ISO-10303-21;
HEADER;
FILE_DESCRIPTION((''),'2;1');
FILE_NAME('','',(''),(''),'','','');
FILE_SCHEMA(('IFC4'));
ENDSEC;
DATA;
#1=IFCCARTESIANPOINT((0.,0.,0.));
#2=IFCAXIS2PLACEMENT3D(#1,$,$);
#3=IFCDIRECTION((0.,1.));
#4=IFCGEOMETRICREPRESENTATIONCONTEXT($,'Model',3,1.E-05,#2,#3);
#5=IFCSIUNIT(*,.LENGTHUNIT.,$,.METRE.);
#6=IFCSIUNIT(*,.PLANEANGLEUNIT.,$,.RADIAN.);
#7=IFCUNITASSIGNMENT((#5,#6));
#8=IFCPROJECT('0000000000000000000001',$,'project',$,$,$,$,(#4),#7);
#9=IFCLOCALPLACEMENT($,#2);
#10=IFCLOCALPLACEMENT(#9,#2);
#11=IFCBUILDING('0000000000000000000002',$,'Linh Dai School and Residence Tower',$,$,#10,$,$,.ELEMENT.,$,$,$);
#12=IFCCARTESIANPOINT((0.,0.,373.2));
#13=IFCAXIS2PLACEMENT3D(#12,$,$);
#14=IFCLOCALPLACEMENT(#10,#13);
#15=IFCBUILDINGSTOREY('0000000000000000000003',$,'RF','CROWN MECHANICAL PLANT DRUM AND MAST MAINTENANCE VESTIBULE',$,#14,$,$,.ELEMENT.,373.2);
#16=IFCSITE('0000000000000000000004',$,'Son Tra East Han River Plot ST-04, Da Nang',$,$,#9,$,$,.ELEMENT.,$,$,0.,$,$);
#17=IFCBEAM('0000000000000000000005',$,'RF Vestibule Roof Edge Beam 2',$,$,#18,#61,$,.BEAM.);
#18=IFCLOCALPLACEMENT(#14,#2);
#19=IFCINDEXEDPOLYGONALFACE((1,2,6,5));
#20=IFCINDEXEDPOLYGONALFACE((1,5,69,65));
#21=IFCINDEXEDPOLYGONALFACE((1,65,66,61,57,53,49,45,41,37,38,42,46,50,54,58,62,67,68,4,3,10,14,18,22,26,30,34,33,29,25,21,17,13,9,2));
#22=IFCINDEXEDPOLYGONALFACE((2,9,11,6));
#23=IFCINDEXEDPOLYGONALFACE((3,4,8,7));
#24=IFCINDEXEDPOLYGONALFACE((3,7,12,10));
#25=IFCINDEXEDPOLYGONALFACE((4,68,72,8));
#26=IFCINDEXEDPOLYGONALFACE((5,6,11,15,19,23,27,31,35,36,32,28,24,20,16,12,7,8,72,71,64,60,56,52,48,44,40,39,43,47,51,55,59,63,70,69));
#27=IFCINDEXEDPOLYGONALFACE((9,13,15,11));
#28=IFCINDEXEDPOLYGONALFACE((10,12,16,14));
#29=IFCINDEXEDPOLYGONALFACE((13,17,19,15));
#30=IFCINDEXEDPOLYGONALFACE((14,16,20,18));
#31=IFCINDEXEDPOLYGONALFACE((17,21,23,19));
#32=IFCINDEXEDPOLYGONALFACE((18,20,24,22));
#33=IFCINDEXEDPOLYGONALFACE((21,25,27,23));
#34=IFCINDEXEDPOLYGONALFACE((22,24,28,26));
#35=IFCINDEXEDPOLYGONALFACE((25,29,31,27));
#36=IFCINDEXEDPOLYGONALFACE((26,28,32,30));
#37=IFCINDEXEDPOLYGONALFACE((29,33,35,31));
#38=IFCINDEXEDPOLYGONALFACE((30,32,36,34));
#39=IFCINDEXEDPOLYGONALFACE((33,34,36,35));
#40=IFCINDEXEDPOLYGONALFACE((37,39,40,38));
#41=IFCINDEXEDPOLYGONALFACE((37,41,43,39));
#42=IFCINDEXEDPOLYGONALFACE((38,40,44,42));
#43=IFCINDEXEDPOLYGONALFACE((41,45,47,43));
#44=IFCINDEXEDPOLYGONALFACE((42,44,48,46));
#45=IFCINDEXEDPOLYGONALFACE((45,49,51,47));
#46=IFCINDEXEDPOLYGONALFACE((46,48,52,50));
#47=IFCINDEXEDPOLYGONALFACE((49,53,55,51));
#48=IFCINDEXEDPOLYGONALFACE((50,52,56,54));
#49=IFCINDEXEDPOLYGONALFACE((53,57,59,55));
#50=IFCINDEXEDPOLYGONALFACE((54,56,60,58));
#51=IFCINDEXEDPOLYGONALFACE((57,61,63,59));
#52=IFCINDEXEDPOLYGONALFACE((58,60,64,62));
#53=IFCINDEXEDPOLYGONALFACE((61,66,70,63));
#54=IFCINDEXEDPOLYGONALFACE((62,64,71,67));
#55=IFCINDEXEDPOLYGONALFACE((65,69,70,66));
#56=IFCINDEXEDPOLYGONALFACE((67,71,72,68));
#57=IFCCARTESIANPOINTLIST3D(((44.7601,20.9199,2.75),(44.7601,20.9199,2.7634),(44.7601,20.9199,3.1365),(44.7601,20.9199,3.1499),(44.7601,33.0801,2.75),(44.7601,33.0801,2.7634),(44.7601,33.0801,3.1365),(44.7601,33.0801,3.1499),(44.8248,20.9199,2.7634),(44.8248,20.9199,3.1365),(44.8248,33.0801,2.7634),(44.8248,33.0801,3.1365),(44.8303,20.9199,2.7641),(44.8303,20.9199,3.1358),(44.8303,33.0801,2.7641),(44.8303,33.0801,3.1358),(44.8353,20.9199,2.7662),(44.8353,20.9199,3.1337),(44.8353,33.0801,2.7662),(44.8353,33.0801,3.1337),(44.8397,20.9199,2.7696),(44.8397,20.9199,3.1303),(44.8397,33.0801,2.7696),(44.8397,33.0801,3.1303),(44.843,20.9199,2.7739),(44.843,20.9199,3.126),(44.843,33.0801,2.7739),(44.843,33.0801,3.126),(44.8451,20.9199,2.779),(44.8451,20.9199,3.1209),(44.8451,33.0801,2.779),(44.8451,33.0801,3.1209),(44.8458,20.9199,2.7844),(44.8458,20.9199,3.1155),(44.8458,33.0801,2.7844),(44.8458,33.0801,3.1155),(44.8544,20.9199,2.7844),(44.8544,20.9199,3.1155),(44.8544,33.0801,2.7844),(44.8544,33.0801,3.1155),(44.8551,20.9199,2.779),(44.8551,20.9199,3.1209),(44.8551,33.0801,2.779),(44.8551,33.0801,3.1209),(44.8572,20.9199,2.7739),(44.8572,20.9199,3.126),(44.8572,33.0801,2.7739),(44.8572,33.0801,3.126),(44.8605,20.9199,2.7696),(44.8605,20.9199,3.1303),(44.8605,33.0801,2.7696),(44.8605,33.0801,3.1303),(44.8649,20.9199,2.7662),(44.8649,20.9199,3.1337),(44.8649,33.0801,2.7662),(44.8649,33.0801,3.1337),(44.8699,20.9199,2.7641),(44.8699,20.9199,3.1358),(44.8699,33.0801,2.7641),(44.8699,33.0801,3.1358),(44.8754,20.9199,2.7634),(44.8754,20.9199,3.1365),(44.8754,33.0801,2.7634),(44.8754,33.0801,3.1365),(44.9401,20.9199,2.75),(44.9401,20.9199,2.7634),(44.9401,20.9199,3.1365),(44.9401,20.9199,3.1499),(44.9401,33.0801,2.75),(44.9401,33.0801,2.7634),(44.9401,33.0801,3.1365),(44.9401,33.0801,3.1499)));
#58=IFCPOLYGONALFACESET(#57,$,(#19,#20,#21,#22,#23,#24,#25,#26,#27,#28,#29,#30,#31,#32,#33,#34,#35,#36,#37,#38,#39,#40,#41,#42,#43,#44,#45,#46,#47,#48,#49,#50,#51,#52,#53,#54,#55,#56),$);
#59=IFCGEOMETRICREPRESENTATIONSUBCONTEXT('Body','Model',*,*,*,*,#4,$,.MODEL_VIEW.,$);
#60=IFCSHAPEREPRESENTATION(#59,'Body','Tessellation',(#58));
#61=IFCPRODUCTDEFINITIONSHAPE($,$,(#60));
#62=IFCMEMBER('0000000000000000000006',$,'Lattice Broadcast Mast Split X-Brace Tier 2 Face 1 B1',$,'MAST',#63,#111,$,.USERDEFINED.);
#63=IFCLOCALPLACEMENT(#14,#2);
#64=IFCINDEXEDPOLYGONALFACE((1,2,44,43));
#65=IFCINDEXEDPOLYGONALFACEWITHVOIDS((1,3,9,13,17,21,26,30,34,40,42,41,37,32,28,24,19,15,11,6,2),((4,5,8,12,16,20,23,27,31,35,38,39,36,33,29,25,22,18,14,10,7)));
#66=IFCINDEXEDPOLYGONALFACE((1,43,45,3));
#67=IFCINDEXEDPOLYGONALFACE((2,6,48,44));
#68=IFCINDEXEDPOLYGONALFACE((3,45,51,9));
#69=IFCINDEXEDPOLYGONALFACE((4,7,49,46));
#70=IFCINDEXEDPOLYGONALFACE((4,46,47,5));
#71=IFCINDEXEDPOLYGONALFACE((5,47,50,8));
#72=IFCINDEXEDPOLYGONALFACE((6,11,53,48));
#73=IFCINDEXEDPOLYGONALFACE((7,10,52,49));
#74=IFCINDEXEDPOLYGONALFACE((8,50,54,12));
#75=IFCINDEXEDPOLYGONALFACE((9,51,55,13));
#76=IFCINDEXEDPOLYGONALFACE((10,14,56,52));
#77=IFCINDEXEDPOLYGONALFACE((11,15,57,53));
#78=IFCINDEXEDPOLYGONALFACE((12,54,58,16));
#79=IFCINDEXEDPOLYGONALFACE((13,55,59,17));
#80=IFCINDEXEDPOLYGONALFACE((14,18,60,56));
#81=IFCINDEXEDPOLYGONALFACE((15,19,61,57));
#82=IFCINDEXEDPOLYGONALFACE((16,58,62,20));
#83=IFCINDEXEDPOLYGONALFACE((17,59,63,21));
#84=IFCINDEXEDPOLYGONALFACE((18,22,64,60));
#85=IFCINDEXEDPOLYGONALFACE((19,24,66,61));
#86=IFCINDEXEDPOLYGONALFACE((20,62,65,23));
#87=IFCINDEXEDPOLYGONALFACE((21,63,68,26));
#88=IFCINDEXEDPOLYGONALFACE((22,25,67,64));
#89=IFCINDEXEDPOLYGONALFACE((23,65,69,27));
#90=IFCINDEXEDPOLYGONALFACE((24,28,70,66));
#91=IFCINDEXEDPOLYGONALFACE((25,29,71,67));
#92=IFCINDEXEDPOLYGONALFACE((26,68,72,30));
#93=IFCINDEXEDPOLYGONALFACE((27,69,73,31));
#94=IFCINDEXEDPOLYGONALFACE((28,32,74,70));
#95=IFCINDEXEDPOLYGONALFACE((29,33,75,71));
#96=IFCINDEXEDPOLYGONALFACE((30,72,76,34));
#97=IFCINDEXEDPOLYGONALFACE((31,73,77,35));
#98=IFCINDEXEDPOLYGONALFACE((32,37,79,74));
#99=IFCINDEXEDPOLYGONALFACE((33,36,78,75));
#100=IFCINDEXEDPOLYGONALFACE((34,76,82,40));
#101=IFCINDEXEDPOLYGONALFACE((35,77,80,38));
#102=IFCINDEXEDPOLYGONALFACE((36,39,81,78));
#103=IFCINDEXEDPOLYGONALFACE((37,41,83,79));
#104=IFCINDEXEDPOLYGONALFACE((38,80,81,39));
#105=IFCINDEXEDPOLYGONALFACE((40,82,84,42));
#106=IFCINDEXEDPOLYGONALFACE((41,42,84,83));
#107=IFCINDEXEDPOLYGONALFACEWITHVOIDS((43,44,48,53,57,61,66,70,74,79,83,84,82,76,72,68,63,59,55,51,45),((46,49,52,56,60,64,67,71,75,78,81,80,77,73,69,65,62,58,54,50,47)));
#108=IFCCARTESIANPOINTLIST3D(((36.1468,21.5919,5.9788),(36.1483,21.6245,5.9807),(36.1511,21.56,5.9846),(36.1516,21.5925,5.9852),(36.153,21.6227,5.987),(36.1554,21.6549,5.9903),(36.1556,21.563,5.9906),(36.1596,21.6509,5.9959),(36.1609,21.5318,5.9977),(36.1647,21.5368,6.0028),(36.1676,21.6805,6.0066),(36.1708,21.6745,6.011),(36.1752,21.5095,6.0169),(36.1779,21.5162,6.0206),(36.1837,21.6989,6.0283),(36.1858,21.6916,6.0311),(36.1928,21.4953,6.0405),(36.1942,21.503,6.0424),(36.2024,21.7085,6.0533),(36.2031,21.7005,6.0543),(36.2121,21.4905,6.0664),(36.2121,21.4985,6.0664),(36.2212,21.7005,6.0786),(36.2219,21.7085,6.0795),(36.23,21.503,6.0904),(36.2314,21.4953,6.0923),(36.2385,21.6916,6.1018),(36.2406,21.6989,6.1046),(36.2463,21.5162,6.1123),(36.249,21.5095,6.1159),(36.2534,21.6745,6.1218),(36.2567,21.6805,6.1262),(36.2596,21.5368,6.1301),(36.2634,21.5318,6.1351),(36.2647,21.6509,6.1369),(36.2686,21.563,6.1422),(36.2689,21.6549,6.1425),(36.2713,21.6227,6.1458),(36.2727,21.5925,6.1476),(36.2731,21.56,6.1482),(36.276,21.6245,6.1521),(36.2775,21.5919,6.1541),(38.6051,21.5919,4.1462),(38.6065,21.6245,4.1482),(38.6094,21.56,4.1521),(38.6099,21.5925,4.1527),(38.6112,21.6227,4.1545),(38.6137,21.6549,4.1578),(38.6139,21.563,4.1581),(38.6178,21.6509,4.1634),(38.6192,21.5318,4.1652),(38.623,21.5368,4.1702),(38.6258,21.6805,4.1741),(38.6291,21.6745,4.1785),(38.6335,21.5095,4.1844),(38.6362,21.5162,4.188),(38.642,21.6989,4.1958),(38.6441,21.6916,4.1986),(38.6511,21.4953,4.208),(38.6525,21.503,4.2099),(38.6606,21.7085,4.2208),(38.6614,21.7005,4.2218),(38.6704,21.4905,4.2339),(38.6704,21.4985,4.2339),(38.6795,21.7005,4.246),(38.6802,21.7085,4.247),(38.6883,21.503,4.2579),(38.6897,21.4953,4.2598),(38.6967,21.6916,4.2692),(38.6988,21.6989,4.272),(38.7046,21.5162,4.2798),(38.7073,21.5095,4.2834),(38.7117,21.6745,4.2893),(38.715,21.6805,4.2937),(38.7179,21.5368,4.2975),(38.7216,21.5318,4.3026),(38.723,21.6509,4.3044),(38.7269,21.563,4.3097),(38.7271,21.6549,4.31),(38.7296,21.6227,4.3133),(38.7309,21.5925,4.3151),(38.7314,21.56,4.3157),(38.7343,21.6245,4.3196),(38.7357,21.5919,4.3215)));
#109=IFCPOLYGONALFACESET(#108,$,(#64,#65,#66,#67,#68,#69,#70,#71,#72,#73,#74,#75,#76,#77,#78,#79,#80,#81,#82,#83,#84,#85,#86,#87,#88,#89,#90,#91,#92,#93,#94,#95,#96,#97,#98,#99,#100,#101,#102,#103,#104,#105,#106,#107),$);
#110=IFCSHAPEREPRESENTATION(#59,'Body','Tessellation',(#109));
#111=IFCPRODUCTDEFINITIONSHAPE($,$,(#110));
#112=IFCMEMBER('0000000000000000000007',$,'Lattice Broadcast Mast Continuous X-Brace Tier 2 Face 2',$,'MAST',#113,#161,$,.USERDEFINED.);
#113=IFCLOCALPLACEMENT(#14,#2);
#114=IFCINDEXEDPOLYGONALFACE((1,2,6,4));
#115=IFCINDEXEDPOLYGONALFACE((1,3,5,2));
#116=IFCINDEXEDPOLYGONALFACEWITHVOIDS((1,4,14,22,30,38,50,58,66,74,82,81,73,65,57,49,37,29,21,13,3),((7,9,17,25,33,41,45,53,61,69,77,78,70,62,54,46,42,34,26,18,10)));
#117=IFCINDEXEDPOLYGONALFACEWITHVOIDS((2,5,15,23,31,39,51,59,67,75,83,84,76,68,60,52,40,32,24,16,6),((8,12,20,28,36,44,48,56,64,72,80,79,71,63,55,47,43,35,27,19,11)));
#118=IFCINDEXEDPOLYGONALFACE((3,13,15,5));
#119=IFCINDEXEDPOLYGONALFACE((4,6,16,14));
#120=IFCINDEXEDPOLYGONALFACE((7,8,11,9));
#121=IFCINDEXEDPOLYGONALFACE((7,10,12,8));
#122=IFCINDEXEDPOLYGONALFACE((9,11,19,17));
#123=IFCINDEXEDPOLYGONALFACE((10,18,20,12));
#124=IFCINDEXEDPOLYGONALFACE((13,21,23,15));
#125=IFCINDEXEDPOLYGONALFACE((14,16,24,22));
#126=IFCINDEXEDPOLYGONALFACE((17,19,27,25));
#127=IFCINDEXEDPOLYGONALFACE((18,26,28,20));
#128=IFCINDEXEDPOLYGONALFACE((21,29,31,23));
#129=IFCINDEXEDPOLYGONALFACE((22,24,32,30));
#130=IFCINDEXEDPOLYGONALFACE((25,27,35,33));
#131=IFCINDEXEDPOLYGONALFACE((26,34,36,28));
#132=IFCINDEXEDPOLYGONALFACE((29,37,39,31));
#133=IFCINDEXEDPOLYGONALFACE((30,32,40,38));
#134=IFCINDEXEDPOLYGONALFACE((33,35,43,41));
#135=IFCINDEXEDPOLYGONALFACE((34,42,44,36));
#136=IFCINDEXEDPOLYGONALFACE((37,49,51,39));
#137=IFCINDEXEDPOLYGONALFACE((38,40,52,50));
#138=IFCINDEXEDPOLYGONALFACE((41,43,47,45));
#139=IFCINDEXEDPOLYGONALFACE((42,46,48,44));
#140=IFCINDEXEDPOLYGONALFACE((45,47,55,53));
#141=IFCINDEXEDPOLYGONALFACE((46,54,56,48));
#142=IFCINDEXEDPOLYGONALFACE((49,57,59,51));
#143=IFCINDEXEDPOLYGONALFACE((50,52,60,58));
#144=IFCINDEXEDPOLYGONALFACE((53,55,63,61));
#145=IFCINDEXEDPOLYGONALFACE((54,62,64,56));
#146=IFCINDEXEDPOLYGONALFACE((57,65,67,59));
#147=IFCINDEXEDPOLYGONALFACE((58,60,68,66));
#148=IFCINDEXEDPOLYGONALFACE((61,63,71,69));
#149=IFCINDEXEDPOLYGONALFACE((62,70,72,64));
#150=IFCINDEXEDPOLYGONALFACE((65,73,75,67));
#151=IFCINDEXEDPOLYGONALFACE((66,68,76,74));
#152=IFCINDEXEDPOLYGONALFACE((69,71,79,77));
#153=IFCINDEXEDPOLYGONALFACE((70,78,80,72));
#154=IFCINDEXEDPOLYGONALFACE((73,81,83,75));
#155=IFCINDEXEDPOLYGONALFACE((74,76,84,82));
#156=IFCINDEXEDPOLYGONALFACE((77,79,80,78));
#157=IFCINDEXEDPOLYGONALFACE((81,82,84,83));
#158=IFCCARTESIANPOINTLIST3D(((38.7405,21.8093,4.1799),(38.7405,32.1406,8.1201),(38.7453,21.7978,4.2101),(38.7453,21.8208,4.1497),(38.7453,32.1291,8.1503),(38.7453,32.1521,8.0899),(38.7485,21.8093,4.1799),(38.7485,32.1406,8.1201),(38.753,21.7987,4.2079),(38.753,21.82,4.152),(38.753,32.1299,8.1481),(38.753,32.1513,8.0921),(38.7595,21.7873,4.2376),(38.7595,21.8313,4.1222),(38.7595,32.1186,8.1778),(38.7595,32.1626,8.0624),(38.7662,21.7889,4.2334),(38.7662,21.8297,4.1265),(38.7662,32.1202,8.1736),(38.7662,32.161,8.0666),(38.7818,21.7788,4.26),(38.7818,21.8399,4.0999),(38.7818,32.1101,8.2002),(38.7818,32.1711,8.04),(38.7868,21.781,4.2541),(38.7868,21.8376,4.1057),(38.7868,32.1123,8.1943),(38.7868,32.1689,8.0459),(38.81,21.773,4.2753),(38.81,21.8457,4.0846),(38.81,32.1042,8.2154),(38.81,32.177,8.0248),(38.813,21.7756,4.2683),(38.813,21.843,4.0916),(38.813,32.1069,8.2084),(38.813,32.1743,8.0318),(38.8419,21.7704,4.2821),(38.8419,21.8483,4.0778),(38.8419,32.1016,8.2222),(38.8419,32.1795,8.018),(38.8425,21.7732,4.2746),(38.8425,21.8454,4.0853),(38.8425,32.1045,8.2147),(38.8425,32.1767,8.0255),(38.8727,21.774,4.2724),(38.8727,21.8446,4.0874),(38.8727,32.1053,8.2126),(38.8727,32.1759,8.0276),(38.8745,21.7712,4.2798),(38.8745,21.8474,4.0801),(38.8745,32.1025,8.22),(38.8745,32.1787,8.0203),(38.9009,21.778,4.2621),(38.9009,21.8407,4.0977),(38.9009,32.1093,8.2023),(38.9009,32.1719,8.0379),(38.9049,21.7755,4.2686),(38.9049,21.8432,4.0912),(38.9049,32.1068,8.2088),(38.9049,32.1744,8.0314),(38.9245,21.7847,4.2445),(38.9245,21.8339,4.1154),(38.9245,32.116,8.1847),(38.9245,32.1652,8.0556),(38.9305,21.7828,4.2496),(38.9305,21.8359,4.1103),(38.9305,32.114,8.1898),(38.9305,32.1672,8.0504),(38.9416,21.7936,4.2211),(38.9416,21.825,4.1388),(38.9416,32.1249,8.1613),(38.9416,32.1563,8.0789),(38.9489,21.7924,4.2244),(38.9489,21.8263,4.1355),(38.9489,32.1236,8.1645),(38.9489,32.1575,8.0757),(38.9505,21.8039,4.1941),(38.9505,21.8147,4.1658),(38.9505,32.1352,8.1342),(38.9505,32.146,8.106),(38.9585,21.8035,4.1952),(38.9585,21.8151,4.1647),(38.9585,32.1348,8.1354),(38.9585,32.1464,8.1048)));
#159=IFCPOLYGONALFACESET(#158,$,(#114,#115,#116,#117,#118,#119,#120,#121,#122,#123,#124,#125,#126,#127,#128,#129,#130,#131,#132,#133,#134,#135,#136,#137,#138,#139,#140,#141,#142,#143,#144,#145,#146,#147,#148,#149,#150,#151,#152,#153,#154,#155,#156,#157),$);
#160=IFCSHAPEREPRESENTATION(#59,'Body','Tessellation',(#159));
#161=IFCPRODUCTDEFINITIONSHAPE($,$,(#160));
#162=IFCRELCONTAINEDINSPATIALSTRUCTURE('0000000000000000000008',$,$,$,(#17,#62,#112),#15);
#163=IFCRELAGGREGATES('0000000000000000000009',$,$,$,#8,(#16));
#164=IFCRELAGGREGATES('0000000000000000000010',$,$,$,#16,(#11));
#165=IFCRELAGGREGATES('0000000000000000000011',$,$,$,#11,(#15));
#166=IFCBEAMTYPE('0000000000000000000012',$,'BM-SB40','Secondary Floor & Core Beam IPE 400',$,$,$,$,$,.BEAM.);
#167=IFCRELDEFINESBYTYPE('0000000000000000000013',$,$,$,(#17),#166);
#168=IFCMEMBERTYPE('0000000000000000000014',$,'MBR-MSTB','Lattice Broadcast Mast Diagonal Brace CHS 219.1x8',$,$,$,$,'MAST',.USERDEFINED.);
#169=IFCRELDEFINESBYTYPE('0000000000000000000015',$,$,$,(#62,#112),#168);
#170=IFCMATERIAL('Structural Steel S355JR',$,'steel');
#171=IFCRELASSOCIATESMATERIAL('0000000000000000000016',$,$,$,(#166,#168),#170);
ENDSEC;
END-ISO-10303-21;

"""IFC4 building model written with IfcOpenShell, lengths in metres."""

from ifc_helpers import new_model, si_unit, direction, frame, origin, origin_2d, place, context, subcontext, project, spatial, hollow_circle, i_section, extrude, material, material_profile, profile_set, type_object, element, save


model = new_model("IFC4")

# Units and contexts
model_context = context("Model", 3, precision=1e-05, world=origin(), true_north=direction((0.0, 1.0)))
body_context = subcontext(model_context, "Body", "Model", "MODEL_VIEW")
ifc_project = project(units=[si_unit("LENGTHUNIT", "METRE"), si_unit("PLANEANGLEUNIT", "RADIAN")], contexts=[model_context])

# Site, building, storey
site_placement = place(None, origin())
site = spatial("IfcSite", under=ifc_project, at=site_placement, Name="Son Tra East Han River Plot ST-04, Da Nang", CompositionType="ELEMENT", RefElevation=0.0)
building_placement = place(site_placement, origin())
building = spatial("IfcBuilding", under=site, at=building_placement, Name="Linh Dai School and Residence Tower", CompositionType="ELEMENT")
storey_placement = place(building_placement, frame((0.0, 0.0, 373.2)))
storey = spatial("IfcBuildingStorey", under=building, at=storey_placement, Name="RF", Description="CROWN MECHANICAL PLANT DRUM AND MAST MAINTENANCE VESTIBULE", CompositionType="ELEMENT", Elevation=373.2)

# Shared definitions
ifc_material_1 = material(Name="Structural Steel S355JR", Category="steel")

# Beam
ifc_material_profile_1 = material_profile(ifc_material_1, i_section(OverallWidth=0.1799, OverallDepth=0.3999, WebThickness=0.0085, FlangeThickness=0.0134, FilletRadius=0.021, at=origin_2d()), Name="IPE 400")
ifc_profile_set_1 = profile_set([ifc_material_profile_1], Name="Structural Steel S355JR")
beam_type_1 = type_object("IfcBeamType", Name="BM-SB40", Description="Secondary Floor & Core Beam IPE 400", PredefinedType="BEAM", material=ifc_profile_set_1)
beam_placement = place(storey_placement, frame((44.8501, 20.9199, 2.95), z_axis=(0.0, 1.0, 0.0), x_axis=(-1.0, 0.0, 0.0)))
element("IfcBeam", 1, at=beam_placement, inside=storey, type_object=beam_type_1, Name="RF Vestibule Roof Edge Beam 2", PredefinedType="BEAM", context=body_context, shape_type="SweptSolid", body=[
    extrude(i_section(OverallWidth=0.1799, OverallDepth=0.3999, WebThickness=0.0085, FlangeThickness=0.0134, FilletRadius=0.021, at=origin_2d()), origin(), (0.0, 0.0, 1.0), 12.1602),
])

# Members
ifc_material_profile_2 = material_profile(ifc_material_1, hollow_circle(Radius=0.1096, WallThickness=0.0081, at=origin_2d()), Name="CHS 219.1x8")
ifc_profile_set_2 = profile_set([ifc_material_profile_2], Name="Structural Steel S355JR")
member_type = type_object("IfcMemberType", Name="MBR-MSTB", Description="Lattice Broadcast Mast Diagonal Brace CHS 219.1x8", ElementType="MAST", PredefinedType="USERDEFINED", material=ifc_profile_set_2)
member_1_placement = place(storey_placement, frame((38.6704, 21.6001, 4.2339), z_axis=(-0.801745, 0.0, 0.597666), x_axis=(0.0, -1.0, 0.0)))
element("IfcMember", 2, at=member_1_placement, inside=storey, type_object=member_type, Name="Lattice Broadcast Mast Split X-Brace Tier 2 Face 1 B1", ObjectType="MAST", PredefinedType="USERDEFINED", context=body_context, shape_type="SweptSolid", body=[
    extrude(hollow_circle(Radius=0.1096, WallThickness=0.0081, at=origin_2d()), origin(), (0.0, 0.0, 1.0), 3.0662),
])
member_2_placement = place(storey_placement, frame((38.8501, 21.8093, 4.1799), z_axis=(0.0, 0.934354, 0.356347), x_axis=(-1.0, 0.0, 0.0)))
element("IfcMember", 3, at=member_2_placement, inside=storey, type_object=member_type, Name="Lattice Broadcast Mast Continuous X-Brace Tier 2 Face 2", ObjectType="MAST", PredefinedType="USERDEFINED", context=body_context, shape_type="SweptSolid", body=[
    extrude(hollow_circle(Radius=0.1096, WallThickness=0.0081, at=origin_2d()), origin(), (0.0, 0.0, 1.0), 11.0571),
])

save(model, "model.ifc")
